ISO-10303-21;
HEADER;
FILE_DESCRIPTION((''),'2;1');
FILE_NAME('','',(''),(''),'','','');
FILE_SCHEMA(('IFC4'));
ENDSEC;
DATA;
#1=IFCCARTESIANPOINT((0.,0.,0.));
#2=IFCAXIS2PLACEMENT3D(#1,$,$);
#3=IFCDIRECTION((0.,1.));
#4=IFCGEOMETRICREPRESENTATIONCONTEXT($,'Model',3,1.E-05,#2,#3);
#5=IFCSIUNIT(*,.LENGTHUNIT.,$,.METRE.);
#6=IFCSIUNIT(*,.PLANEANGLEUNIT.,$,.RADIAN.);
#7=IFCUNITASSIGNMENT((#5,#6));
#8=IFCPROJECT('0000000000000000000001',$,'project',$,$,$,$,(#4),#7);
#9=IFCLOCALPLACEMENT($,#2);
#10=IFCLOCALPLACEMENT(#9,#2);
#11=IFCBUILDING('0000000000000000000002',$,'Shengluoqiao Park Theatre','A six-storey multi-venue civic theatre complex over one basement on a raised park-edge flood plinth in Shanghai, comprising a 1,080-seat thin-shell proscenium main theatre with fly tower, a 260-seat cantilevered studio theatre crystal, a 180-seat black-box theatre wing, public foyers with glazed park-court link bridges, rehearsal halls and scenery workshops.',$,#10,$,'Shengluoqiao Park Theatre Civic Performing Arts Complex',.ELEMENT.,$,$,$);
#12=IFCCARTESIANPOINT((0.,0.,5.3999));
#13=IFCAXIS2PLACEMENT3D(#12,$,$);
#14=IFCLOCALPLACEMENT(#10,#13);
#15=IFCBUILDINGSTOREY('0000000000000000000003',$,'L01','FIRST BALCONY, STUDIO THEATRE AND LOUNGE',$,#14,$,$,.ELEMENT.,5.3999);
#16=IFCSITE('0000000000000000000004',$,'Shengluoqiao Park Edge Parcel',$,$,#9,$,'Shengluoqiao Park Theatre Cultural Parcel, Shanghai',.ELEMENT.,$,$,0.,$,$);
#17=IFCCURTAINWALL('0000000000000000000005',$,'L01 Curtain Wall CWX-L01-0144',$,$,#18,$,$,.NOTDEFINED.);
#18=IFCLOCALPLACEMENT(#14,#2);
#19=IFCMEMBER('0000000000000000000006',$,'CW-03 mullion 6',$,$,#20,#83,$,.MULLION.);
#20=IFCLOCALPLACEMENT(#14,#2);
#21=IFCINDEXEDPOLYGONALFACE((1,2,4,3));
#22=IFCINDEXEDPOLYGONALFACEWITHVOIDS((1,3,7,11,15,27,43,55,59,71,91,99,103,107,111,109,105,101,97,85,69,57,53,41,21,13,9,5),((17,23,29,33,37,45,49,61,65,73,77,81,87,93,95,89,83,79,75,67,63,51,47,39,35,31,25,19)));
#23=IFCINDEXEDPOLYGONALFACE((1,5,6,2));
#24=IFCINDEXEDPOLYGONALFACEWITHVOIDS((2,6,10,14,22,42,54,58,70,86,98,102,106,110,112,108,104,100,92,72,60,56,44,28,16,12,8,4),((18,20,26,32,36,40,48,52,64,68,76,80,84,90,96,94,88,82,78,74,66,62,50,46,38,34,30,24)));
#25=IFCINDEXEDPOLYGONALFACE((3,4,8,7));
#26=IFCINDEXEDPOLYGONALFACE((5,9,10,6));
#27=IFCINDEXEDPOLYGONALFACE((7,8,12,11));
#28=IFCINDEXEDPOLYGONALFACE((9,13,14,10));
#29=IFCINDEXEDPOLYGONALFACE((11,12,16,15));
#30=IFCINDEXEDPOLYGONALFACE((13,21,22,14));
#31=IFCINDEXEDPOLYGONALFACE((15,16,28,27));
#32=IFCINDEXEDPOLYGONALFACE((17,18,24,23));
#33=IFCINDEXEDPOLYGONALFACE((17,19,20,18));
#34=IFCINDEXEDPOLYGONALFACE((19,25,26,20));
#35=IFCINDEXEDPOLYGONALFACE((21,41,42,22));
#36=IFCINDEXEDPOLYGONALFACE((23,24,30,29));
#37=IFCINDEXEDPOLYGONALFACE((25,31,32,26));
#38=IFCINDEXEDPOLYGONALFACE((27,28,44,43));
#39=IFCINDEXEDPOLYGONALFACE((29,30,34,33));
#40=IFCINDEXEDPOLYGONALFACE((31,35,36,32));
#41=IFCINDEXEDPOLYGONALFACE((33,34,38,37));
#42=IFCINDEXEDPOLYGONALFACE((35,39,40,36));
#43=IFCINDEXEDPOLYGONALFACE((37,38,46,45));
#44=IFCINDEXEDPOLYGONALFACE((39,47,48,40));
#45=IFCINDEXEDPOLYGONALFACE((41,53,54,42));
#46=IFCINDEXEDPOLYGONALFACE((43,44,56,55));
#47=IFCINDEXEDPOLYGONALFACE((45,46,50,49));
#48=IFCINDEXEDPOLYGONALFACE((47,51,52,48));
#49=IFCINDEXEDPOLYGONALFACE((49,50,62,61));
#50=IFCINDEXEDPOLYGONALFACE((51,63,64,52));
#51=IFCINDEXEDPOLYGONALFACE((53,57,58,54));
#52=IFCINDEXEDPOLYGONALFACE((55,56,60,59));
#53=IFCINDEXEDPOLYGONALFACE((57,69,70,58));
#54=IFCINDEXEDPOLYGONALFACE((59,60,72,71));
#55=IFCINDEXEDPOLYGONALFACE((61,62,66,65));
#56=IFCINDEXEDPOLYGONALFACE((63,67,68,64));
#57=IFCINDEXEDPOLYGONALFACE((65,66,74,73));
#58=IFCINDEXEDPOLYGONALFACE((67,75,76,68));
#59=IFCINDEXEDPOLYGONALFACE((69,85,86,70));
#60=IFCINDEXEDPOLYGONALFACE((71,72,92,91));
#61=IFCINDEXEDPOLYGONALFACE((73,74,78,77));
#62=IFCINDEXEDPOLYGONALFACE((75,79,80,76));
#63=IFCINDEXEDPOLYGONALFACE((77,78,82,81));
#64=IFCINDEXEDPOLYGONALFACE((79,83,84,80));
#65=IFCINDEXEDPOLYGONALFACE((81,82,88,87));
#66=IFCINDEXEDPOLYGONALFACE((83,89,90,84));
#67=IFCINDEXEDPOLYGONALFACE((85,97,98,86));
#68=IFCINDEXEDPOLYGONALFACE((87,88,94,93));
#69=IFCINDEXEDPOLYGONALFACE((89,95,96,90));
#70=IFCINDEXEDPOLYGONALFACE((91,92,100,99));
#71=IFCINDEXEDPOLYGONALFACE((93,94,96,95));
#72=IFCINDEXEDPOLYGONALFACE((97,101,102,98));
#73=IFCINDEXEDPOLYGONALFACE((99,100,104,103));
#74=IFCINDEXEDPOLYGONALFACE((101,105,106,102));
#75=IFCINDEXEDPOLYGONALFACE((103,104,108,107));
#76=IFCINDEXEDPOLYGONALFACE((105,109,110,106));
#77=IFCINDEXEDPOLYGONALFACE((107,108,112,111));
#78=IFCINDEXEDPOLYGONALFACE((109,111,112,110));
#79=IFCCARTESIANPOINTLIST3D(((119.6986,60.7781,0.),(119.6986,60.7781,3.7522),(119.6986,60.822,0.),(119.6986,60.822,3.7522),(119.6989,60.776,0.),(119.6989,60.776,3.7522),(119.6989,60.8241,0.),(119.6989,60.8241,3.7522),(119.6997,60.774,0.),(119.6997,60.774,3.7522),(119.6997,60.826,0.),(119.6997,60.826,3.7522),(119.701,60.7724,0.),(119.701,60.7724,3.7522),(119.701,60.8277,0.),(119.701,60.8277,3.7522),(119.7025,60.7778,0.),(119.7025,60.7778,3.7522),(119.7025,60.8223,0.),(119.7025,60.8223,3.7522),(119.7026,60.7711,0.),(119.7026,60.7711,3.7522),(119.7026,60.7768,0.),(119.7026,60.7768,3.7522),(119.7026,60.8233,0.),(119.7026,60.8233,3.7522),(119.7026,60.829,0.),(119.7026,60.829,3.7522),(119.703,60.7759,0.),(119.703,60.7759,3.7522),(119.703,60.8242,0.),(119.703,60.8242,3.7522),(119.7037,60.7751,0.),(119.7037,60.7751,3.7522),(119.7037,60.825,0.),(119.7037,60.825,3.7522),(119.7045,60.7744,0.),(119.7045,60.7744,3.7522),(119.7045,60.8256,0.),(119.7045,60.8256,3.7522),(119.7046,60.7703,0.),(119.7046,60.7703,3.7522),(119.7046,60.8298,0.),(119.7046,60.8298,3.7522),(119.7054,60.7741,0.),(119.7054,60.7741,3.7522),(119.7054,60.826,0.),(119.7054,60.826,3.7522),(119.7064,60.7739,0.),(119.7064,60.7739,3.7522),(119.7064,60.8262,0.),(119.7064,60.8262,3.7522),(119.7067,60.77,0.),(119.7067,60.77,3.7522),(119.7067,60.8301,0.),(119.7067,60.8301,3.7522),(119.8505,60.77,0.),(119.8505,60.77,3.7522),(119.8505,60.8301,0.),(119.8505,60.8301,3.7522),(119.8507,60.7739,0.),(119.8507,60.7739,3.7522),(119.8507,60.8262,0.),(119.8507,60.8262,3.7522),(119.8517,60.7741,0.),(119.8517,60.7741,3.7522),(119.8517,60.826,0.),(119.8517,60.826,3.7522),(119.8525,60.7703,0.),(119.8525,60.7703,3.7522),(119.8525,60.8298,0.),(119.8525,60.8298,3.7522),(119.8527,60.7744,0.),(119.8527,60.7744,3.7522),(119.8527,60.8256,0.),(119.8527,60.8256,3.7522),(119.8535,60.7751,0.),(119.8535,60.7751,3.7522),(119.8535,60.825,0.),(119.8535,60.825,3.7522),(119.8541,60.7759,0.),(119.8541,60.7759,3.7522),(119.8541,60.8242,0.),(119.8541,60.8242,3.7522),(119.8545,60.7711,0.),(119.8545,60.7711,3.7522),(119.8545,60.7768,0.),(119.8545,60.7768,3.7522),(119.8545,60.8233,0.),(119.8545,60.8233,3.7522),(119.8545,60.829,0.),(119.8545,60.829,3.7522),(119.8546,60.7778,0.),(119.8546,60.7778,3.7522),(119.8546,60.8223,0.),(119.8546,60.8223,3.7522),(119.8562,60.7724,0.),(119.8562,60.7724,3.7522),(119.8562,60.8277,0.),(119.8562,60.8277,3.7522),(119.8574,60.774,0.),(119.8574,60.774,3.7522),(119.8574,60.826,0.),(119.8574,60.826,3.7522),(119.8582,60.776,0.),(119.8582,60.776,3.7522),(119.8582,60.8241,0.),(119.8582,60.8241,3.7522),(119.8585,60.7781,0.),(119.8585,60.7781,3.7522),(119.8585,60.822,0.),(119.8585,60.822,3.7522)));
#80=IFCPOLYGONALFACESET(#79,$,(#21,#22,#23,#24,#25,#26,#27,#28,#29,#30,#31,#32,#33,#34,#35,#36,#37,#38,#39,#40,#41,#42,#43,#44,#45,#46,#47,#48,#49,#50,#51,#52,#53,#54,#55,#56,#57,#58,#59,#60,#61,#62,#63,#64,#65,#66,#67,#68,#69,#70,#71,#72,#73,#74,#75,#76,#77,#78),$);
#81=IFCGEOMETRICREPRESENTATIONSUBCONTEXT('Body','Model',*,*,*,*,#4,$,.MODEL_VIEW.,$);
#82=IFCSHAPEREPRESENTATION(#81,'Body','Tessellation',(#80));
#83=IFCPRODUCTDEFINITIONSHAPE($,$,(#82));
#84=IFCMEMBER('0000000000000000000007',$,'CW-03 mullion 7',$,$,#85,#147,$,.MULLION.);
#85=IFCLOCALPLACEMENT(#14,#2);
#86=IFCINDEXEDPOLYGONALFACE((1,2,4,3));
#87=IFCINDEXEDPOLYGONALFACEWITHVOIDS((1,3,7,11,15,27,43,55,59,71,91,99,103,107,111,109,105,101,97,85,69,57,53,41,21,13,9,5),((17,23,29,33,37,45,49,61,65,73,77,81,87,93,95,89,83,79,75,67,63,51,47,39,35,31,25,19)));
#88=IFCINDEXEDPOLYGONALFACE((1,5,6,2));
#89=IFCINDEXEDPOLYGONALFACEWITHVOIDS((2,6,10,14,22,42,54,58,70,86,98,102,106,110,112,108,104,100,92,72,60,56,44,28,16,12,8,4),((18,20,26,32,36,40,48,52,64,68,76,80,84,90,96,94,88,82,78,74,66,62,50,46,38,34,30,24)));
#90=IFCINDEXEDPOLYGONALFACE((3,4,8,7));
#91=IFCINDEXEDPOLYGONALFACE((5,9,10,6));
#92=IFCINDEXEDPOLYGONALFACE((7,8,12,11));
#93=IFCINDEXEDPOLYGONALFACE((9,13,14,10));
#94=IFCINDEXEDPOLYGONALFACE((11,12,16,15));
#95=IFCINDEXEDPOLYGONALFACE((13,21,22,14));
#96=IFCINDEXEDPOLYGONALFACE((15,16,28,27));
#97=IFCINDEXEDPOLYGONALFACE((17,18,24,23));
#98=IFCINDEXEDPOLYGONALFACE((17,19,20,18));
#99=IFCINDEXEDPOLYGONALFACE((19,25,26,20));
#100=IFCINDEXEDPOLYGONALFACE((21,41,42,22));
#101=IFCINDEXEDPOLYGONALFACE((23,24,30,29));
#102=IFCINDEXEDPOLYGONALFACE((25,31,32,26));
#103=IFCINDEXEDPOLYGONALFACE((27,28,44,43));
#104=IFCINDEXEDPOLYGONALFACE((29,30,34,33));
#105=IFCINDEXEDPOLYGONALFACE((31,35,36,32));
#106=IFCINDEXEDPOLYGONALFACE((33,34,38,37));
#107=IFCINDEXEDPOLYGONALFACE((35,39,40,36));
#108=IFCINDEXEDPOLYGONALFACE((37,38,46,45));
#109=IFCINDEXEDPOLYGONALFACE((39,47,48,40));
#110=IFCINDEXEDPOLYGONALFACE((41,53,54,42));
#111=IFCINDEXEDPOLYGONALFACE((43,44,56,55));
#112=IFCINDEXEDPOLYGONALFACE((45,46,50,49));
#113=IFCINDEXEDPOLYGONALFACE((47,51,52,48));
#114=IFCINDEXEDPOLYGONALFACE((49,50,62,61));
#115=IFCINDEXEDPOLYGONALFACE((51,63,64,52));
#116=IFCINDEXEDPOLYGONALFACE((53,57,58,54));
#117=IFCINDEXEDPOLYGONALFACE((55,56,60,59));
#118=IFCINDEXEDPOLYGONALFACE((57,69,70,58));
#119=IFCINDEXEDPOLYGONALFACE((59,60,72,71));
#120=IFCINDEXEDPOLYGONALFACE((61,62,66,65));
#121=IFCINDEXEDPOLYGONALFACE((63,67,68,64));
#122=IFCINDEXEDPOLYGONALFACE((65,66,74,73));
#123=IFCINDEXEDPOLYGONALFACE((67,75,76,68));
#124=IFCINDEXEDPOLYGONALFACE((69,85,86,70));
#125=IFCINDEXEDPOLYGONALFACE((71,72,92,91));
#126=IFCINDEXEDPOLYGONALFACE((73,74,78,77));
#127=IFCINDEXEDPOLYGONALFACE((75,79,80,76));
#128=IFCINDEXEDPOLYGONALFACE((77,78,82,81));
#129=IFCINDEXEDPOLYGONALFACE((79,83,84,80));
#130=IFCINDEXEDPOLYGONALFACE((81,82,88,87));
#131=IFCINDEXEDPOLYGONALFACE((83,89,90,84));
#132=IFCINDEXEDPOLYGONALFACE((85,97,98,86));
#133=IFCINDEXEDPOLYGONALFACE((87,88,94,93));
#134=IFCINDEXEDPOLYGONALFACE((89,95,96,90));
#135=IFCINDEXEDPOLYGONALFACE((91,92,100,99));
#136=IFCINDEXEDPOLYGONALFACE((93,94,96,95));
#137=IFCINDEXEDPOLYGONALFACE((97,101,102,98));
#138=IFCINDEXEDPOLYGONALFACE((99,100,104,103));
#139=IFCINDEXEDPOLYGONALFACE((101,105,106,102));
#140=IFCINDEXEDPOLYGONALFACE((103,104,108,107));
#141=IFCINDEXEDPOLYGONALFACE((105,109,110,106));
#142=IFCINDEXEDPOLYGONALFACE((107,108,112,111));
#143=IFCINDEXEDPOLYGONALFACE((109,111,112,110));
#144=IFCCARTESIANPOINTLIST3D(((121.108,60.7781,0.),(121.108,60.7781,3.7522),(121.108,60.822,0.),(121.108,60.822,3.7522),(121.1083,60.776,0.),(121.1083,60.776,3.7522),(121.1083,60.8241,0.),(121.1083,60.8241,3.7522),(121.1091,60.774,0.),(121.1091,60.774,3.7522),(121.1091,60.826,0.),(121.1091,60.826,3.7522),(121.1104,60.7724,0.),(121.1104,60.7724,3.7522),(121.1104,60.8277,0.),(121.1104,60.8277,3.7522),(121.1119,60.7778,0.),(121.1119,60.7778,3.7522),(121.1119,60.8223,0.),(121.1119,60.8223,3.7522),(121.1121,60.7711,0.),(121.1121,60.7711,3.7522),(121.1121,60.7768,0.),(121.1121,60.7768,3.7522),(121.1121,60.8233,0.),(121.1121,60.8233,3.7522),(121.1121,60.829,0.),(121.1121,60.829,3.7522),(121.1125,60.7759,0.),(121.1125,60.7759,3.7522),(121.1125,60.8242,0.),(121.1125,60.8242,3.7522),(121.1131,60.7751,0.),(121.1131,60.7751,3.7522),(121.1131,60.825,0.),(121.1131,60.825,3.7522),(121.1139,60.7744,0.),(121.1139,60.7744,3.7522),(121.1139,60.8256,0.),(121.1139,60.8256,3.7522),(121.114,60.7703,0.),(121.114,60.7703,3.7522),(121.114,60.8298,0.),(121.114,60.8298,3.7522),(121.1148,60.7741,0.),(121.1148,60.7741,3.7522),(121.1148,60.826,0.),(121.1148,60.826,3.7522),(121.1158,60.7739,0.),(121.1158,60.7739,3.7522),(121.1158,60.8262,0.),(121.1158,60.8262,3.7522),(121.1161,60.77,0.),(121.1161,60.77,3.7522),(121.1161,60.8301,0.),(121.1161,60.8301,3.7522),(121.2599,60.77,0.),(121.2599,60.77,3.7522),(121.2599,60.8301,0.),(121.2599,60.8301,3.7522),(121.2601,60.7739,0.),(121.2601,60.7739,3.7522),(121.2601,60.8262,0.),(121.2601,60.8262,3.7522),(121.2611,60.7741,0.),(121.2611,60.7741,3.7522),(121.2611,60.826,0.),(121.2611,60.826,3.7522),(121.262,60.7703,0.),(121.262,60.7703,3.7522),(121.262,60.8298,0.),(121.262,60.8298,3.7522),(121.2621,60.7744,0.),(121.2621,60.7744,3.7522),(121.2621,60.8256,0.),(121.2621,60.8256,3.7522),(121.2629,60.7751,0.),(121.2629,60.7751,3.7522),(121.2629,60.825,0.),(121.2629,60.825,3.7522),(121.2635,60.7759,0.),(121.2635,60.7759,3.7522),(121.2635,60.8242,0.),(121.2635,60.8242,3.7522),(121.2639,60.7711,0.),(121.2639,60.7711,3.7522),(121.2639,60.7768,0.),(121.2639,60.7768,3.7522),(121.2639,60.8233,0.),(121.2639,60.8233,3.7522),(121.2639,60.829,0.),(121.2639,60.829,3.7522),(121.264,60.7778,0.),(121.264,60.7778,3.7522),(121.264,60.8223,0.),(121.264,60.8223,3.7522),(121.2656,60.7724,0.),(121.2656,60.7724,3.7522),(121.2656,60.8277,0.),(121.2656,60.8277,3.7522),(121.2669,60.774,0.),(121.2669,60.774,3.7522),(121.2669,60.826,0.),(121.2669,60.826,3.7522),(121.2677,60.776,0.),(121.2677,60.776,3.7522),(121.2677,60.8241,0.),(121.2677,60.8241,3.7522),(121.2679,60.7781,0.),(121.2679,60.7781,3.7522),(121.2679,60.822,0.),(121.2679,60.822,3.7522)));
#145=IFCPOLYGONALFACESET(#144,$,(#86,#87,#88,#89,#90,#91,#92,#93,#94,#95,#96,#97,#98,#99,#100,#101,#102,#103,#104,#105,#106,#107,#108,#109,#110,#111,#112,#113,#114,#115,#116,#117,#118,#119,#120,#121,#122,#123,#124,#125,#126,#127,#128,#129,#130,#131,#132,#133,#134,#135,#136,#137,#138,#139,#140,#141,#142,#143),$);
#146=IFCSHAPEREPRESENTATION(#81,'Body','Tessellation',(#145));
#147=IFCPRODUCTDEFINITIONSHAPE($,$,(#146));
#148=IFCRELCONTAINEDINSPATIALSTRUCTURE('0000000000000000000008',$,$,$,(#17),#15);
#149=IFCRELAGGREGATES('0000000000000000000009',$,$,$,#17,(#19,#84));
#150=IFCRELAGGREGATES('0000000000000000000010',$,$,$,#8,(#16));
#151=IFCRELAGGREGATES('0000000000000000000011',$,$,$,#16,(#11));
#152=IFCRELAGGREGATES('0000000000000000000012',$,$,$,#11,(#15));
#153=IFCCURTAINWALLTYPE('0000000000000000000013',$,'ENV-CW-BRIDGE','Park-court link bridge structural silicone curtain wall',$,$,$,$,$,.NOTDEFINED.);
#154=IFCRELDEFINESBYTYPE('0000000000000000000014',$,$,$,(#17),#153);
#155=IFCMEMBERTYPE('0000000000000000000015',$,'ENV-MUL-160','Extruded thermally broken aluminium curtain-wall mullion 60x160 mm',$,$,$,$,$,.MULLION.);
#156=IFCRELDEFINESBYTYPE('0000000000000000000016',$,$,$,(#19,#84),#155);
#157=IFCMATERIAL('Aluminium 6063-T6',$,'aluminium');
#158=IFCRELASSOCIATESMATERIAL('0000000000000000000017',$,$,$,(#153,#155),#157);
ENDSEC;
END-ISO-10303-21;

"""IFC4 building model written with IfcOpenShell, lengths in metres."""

from ifc_helpers import new_model, si_unit, direction, frame, origin, origin_2d, place, context, subcontext, project, spatial, hollow_rectangle, extrude, material, material_profile, profile_set, type_object, element, aggregate, save


model = new_model("IFC4")

# Units and contexts
model_context = context("Model", 3, precision=1e-05, world=origin(), true_north=direction((0.0, 1.0)))
body_context = subcontext(model_context, "Body", "Model", "MODEL_VIEW")
ifc_project = project(units=[si_unit("LENGTHUNIT", "METRE"), si_unit("PLANEANGLEUNIT", "RADIAN")], contexts=[model_context])

# Site, building, storey
site_placement = place(None, origin())
site = spatial("IfcSite", under=ifc_project, at=site_placement, Name="Shengluoqiao Park Edge Parcel", LongName="Shengluoqiao Park Theatre Cultural Parcel, Shanghai", CompositionType="ELEMENT", RefElevation=0.0)
building_placement = place(site_placement, origin())
building = spatial("IfcBuilding", under=site, at=building_placement, Name="Shengluoqiao Park Theatre", Description="A six-storey multi-venue civic theatre complex over one basement on a raised park-edge flood plinth in Shanghai, comprising a 1,080-seat thin-shell proscenium main theatre with fly tower, a 260-seat cantilevered studio theatre crystal, a 180-seat black-box theatre wing, public foyers with glazed park-court link bridges, rehearsal halls and scenery workshops.", LongName="Shengluoqiao Park Theatre Civic Performing Arts Complex", CompositionType="ELEMENT")
storey_placement = place(building_placement, frame((0.0, 0.0, 5.3999)))
storey = spatial("IfcBuildingStorey", under=building, at=storey_placement, Name="L01", Description="FIRST BALCONY, STUDIO THEATRE AND LOUNGE", CompositionType="ELEMENT", Elevation=5.3999)

# Curtain wall, members
ifc_material_1 = material(Name="Aluminium 6063-T6", Category="aluminium")
curtain_wall_type = type_object("IfcCurtainWallType", Name="ENV-CW-BRIDGE", Description="Park-court link bridge structural silicone curtain wall", PredefinedType="NOTDEFINED", material=ifc_material_1)
curtain_wall_1_placement = place(storey_placement, origin())
curtain_wall_1 = element("IfcCurtainWall", 1, at=curtain_wall_1_placement, inside=storey, type_object=curtain_wall_type, Name="L01 Curtain Wall CWX-L01-0144", PredefinedType="NOTDEFINED")
ifc_material_profile_1 = material_profile(ifc_material_1, hollow_rectangle(XDim=0.0601, YDim=0.1599, WallThickness=0.0039, InnerFilletRadius=0.0039, OuterFilletRadius=0.0081, at=origin_2d()), Name="ALU MULLION 160x60x4")
ifc_profile_set_1 = profile_set([ifc_material_profile_1], Name="Aluminium 6063-T6")
member_type_1 = type_object("IfcMemberType", Name="ENV-MUL-160", Description="Extruded thermally broken aluminium curtain-wall mullion 60x160 mm", PredefinedType="MULLION", material=ifc_profile_set_1)
member_1_placement = place(storey_placement, frame((119.7786, 60.8, 0.0), z_axis=(0.0, 0.0, 1.0), x_axis=(0.0, 1.0, 0.0)))
member_1 = element("IfcMember", 2, at=member_1_placement, type_object=member_type_1, Name="CW-03 mullion 6", PredefinedType="MULLION", context=body_context, shape_type="SweptSolid", body=[
    extrude(hollow_rectangle(XDim=0.0601, YDim=0.1599, WallThickness=0.0039, InnerFilletRadius=0.0039, OuterFilletRadius=0.0081, at=origin_2d()), origin(), (0.0, 0.0, 1.0), 3.7522),
])
member_2_placement = place(storey_placement, frame((121.188, 60.8, 0.0), z_axis=(0.0, 0.0, 1.0), x_axis=(0.0, 1.0, 0.0)))
member_2 = element("IfcMember", 3, at=member_2_placement, type_object=member_type_1, Name="CW-03 mullion 7", PredefinedType="MULLION", context=body_context, shape_type="SweptSolid", body=[
    extrude(hollow_rectangle(XDim=0.0601, YDim=0.1599, WallThickness=0.0039, InnerFilletRadius=0.0039, OuterFilletRadius=0.0081, at=origin_2d()), origin(), (0.0, 0.0, 1.0), 3.7522),
])

aggregate(curtain_wall_1, [member_1, member_2])

save(model, "model.ifc")
